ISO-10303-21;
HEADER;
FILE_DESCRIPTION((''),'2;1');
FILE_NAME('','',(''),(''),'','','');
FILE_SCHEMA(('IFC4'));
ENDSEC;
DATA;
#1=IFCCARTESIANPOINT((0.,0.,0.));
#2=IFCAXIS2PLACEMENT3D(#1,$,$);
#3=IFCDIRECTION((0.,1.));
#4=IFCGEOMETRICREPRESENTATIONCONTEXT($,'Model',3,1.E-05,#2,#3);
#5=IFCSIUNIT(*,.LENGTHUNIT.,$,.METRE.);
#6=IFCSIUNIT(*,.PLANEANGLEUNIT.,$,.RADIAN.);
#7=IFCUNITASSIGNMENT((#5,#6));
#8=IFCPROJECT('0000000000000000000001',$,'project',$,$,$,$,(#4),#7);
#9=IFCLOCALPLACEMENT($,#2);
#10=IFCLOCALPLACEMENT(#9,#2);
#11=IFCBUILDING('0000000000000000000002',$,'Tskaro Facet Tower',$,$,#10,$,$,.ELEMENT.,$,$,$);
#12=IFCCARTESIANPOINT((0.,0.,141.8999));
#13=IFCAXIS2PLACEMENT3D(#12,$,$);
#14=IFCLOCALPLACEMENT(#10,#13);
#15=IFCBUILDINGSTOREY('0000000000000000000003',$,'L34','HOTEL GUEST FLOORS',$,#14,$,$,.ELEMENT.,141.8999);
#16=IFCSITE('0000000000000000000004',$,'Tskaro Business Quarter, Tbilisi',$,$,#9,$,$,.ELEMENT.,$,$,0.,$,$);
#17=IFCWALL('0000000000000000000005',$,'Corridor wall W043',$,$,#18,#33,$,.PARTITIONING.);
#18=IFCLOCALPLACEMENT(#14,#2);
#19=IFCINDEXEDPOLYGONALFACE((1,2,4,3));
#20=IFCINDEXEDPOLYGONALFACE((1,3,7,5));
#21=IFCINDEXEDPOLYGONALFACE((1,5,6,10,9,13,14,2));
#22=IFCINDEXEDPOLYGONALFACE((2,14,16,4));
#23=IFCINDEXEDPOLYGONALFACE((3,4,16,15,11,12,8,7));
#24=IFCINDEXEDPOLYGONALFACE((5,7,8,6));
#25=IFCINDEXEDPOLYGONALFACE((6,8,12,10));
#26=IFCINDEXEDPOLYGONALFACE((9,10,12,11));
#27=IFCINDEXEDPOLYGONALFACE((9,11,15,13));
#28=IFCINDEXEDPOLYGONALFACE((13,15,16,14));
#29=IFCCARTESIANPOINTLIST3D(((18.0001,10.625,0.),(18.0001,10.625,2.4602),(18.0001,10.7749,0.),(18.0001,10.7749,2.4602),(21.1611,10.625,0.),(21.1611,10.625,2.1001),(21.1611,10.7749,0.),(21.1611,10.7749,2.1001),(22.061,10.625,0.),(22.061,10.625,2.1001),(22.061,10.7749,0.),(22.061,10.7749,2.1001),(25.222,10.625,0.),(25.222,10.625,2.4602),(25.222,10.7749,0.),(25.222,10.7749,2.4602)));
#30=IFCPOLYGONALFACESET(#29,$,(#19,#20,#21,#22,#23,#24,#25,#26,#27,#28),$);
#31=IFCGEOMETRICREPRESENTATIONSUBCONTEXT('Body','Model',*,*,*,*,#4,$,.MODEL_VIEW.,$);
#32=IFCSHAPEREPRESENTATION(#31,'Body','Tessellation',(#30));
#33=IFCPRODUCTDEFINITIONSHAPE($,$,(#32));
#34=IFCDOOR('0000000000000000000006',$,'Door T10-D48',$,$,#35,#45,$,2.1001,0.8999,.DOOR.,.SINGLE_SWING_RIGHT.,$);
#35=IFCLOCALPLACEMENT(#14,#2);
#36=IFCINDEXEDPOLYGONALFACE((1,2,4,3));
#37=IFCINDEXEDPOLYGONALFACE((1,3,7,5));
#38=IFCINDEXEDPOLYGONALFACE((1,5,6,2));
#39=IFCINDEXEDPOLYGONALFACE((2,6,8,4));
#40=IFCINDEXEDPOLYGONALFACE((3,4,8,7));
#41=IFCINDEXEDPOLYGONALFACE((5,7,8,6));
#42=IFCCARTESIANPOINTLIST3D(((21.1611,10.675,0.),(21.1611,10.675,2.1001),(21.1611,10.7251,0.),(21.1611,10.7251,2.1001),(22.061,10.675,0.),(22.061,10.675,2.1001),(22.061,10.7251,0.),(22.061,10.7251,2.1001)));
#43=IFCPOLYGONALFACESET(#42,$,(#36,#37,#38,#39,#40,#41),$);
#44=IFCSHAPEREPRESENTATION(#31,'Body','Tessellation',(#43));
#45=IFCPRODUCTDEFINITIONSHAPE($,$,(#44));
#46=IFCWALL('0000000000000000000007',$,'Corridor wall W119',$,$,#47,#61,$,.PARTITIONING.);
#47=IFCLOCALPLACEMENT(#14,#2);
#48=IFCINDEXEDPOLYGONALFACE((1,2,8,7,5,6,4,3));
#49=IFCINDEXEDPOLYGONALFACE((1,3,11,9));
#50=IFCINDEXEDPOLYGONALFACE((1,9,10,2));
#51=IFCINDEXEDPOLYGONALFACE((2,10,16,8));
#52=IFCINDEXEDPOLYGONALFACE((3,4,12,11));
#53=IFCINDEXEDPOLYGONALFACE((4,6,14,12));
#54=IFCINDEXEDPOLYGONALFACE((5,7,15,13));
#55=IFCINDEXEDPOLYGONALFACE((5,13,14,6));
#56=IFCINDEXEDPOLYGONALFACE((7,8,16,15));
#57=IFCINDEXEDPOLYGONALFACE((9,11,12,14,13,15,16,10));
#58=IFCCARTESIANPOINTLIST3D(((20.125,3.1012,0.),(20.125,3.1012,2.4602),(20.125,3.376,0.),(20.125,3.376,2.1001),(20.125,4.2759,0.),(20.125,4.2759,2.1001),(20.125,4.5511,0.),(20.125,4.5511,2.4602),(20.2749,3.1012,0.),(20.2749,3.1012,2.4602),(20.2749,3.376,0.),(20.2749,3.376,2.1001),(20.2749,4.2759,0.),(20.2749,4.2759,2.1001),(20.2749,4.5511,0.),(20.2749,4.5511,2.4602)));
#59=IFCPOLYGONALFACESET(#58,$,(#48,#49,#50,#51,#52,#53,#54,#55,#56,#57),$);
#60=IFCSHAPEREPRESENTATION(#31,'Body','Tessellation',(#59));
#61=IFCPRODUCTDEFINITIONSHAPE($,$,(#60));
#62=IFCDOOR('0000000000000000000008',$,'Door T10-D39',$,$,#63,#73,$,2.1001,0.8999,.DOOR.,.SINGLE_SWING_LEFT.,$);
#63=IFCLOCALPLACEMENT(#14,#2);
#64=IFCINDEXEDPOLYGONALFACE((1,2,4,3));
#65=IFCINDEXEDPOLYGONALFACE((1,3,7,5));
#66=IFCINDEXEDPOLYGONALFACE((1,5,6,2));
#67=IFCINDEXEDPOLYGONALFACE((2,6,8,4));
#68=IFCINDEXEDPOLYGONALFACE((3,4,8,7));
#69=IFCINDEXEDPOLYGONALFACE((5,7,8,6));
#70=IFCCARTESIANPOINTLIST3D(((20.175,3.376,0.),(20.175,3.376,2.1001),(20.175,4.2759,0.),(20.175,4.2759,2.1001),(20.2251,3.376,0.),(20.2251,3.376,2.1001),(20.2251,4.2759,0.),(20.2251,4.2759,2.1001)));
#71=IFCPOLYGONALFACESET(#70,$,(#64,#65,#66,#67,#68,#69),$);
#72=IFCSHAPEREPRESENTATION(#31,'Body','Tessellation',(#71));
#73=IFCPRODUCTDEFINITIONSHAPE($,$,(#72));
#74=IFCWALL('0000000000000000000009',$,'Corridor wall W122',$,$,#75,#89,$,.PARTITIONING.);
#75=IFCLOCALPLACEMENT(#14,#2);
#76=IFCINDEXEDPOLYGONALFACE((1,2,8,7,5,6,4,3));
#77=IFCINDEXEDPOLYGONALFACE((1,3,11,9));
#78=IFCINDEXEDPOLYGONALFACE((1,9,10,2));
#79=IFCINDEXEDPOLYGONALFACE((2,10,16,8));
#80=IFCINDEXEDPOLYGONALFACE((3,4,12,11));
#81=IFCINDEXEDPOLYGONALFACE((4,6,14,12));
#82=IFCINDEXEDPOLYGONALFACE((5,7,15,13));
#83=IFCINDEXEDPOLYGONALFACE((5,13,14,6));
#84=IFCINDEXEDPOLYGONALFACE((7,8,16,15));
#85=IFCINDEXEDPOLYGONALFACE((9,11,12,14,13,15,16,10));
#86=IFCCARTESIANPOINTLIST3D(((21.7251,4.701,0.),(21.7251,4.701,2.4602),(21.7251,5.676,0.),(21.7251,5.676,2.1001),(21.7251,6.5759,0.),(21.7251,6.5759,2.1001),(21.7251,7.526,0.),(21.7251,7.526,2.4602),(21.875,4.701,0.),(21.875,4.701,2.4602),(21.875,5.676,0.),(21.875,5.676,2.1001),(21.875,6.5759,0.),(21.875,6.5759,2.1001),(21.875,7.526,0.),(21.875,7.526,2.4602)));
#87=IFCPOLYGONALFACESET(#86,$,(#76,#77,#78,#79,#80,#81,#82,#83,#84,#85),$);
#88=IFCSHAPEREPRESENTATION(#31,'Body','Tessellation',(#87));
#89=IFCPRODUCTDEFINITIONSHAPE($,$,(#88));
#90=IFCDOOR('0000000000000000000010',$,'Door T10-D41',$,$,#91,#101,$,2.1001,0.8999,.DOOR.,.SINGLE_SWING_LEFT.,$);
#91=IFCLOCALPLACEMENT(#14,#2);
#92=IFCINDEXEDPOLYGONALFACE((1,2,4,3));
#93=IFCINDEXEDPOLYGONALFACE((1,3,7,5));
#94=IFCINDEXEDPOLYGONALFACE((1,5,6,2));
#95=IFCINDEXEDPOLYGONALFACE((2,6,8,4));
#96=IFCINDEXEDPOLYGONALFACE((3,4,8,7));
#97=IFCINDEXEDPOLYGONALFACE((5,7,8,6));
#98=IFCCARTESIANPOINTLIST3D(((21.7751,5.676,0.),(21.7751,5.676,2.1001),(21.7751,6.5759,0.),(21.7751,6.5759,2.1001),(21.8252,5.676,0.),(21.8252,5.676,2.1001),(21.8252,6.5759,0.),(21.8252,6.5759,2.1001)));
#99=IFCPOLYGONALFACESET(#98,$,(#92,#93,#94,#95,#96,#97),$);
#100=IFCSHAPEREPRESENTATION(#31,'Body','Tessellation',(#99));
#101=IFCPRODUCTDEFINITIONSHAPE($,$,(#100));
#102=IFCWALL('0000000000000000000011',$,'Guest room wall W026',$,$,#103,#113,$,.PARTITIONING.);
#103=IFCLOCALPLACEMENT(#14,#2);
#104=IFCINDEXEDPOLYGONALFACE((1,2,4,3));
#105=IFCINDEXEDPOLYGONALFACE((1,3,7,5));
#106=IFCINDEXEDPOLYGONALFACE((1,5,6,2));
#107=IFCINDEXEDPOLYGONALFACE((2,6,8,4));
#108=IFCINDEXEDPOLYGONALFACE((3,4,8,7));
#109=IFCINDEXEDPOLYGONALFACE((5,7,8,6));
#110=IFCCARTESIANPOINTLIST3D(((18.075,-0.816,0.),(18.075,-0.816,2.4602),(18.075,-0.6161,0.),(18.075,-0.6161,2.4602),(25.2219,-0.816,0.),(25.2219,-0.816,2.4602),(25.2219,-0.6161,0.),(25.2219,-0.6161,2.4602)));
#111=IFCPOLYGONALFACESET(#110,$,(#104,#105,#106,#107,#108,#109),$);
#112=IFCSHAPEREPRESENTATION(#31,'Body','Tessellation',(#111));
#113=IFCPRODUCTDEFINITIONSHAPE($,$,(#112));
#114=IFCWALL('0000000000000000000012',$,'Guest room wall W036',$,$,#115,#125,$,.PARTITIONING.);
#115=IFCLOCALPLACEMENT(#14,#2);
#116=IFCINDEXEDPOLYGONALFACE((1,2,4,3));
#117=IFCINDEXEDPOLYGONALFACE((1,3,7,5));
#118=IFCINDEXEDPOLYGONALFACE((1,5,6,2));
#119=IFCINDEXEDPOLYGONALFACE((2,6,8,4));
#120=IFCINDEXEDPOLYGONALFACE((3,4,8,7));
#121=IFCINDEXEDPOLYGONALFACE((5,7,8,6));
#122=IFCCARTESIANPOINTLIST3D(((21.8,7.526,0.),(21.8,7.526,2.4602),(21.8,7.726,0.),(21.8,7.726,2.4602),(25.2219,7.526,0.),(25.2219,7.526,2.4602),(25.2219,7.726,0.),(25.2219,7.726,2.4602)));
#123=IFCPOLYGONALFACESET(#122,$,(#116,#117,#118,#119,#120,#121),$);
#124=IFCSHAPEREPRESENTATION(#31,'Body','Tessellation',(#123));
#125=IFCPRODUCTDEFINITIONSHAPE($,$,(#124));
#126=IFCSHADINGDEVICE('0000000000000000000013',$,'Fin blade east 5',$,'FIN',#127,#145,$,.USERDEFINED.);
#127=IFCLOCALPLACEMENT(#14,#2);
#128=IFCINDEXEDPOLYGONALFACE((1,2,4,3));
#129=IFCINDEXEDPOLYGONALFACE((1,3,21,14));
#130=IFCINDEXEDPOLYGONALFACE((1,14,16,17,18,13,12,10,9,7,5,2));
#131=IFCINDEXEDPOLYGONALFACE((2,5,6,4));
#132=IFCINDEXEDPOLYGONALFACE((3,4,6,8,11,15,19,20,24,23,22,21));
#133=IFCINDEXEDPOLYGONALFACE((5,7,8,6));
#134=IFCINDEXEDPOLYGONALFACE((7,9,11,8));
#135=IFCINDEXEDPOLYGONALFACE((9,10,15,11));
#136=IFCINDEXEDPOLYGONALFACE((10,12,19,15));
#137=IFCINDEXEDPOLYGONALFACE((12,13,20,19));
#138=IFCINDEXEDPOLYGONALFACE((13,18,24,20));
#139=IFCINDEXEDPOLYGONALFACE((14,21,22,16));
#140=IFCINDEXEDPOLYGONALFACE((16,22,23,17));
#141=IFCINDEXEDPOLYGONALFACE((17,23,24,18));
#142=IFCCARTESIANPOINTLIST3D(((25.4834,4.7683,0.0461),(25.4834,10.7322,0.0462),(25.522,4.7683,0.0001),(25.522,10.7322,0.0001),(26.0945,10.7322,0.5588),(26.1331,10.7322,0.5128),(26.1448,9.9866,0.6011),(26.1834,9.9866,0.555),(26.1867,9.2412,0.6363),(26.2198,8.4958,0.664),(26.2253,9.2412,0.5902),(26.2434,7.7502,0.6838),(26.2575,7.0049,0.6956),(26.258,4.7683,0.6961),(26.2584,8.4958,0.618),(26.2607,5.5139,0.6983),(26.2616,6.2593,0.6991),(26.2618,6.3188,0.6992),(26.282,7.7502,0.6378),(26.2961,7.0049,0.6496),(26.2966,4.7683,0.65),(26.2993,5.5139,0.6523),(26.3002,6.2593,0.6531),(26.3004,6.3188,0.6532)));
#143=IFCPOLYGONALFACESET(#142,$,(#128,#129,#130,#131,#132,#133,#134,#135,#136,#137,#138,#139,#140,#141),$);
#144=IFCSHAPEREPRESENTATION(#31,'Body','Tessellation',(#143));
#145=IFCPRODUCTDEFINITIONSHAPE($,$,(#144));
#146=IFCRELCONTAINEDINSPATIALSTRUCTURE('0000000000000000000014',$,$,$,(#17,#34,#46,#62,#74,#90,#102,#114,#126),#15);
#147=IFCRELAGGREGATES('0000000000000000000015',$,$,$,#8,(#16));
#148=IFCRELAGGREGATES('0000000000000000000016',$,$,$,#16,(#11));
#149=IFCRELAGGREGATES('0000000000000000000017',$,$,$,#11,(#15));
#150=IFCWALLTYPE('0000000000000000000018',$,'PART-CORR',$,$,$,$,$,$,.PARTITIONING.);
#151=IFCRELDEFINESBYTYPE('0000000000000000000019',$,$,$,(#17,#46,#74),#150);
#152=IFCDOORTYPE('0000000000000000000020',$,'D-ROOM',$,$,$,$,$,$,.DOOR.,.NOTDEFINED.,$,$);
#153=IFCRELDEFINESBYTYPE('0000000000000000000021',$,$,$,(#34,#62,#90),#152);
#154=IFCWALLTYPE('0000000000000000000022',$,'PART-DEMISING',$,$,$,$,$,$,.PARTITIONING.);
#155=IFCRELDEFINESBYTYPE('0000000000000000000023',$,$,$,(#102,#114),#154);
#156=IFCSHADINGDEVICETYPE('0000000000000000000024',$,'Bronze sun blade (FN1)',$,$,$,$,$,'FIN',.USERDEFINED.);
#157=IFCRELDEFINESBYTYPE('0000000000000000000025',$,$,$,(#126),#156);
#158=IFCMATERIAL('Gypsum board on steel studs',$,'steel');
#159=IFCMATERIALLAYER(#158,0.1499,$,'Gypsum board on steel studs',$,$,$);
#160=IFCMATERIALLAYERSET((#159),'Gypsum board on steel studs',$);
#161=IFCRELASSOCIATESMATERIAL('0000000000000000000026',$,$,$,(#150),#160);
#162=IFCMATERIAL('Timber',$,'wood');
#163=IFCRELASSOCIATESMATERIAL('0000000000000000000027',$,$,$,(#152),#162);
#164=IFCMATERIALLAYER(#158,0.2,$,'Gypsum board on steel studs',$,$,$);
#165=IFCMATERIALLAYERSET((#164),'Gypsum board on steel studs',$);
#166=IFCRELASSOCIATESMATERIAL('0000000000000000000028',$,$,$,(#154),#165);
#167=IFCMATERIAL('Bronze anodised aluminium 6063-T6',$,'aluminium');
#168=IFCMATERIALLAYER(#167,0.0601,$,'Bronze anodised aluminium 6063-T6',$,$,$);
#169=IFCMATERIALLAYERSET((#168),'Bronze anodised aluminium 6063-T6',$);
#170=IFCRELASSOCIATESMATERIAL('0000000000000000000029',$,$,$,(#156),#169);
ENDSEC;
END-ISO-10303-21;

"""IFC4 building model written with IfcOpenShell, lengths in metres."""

from ifc_helpers import new_model, si_unit, direction, frame, frame_2d, origin, place, context, subcontext, project, spatial, polyline, rectangle, outline, extrude, material, layer, layer_set, type_object, element, fill, save


model = new_model("IFC4")

# Units and contexts
model_context = context("Model", 3, precision=1e-05, world=origin(), true_north=direction((0.0, 1.0)))
body_context = subcontext(model_context, "Body", "Model", "MODEL_VIEW")
ifc_project = project(units=[si_unit("LENGTHUNIT", "METRE"), si_unit("PLANEANGLEUNIT", "RADIAN")], contexts=[model_context])

# Site, building, storey
site_placement = place(None, origin())
site = spatial("IfcSite", under=ifc_project, at=site_placement, Name="Tskaro Business Quarter, Tbilisi", CompositionType="ELEMENT", RefElevation=0.0)
building_placement = place(site_placement, origin())
building = spatial("IfcBuilding", under=site, at=building_placement, Name="Tskaro Facet Tower", CompositionType="ELEMENT")
storey_placement = place(building_placement, frame((0.0, 0.0, 141.8999)))
storey = spatial("IfcBuildingStorey", under=building, at=storey_placement, Name="L34", Description="HOTEL GUEST FLOORS", CompositionType="ELEMENT", Elevation=141.8999)

# Shared definitions
ifc_material_1 = material(Name="Bronze anodised aluminium 6063-T6", Category="aluminium")

# Shared definitions
ifc_material_2 = material(Name="Gypsum board on steel studs", Category="steel")
ifc_layer_1 = layer(ifc_material_2, 0.1499, Name="Gypsum board on steel studs")
ifc_layer_set_1 = layer_set([ifc_layer_1], Name="Gypsum board on steel studs")
wall_type_1 = type_object("IfcWallType", Name="PART-CORR", PredefinedType="PARTITIONING", material=ifc_layer_set_1)

# Walls, openings, doors
wall_1_placement = place(storey_placement, frame((25.2219, 10.7, 0.0), z_axis=(0.0, 0.0, 1.0), x_axis=(-1.0, 0.0, 0.0)))
wall_1 = element("IfcWall", 1, at=wall_1_placement, inside=storey, type_object=wall_type_1, Name="Corridor wall W043", PredefinedType="PARTITIONING", context=body_context, shape_type="SweptSolid", body=[
    extrude(rectangle(XDim=7.2219, YDim=0.1499, at=frame_2d((3.6108, 0.0))), origin(), (0.0, 0.0, 1.0), 2.4602),
])
opening_1_placement = place(wall_1_placement, frame((3.1609, 0.0, 0.0)))
opening_1 = element("IfcOpeningElement", 2, at=opening_1_placement, cuts=wall_1, PredefinedType="OPENING", context=body_context, shape_type="SweptSolid", body=[
    extrude(rectangle(XDim=0.8999, YDim=2.1001, at=frame_2d((0.45, 1.05))), frame((0.0, 0.085, 0.0), z_axis=(0.0, -1.0, 0.0), x_axis=(1.0, 0.0, 0.0)), (0.0, 0.0, 1.0), 0.1699),
])
ifc_material_3 = material(Name="Timber", Category="wood")
door_type = type_object("IfcDoorType", Name="D-ROOM", OperationType="NOTDEFINED", PredefinedType="DOOR", material=ifc_material_3)
door_1_placement = place(opening_1_placement, origin())
door_1 = element("IfcDoor", 3, at=door_1_placement, inside=storey, type_object=door_type, Name="Door T10-D48", OperationType="SINGLE_SWING_RIGHT", OverallHeight=2.1001, OverallWidth=0.8999, PredefinedType="DOOR", context=body_context, shape_type="SweptSolid", body=[
    extrude(rectangle(XDim=0.8999, YDim=2.1001, at=frame_2d((0.45, 1.05))), frame((0.0, 0.0249, 0.0), z_axis=(0.0, -1.0, 0.0), x_axis=(1.0, 0.0, 0.0)), (0.0, 0.0, 1.0), 0.05),
])
fill(opening_1, door_1)
wall_2_placement = place(storey_placement, frame((20.2, 3.1011, 0.0), z_axis=(0.0, 0.0, 1.0), x_axis=(0.0, 1.0, 0.0)))
wall_2 = element("IfcWall", 4, at=wall_2_placement, inside=storey, type_object=wall_type_1, Name="Corridor wall W119", PredefinedType="PARTITIONING", context=body_context, shape_type="SweptSolid", body=[
    extrude(rectangle(XDim=1.45, YDim=0.1499, at=frame_2d((0.7251, 0.0))), origin(), (0.0, 0.0, 1.0), 2.4602),
])
opening_2_placement = place(wall_2_placement, frame((0.2749, 0.0, 0.0)))
opening_2 = element("IfcOpeningElement", 5, at=opening_2_placement, cuts=wall_2, PredefinedType="OPENING", context=body_context, shape_type="SweptSolid", body=[
    extrude(rectangle(XDim=0.8999, YDim=2.1001, at=frame_2d((0.45, 1.05))), frame((0.0, 0.085, 0.0), z_axis=(0.0, -1.0, 0.0), x_axis=(1.0, 0.0, 0.0)), (0.0, 0.0, 1.0), 0.1699),
])
door_2_placement = place(opening_2_placement, origin())
door_2 = element("IfcDoor", 6, at=door_2_placement, inside=storey, type_object=door_type, Name="Door T10-D39", OperationType="SINGLE_SWING_LEFT", OverallHeight=2.1001, OverallWidth=0.8999, PredefinedType="DOOR", context=body_context, shape_type="SweptSolid", body=[
    extrude(rectangle(XDim=0.8999, YDim=2.1001, at=frame_2d((0.45, 1.05))), frame((0.0, 0.0249, 0.0), z_axis=(0.0, -1.0, 0.0), x_axis=(1.0, 0.0, 0.0)), (0.0, 0.0, 1.0), 0.05),
])
fill(opening_2, door_2)
wall_3_placement = place(storey_placement, frame((21.8, 4.7009, 0.0), z_axis=(0.0, 0.0, 1.0), x_axis=(0.0, 1.0, 0.0)))
wall_3 = element("IfcWall", 7, at=wall_3_placement, inside=storey, type_object=wall_type_1, Name="Corridor wall W122", PredefinedType="PARTITIONING", context=body_context, shape_type="SweptSolid", body=[
    extrude(rectangle(XDim=2.825, YDim=0.1499, at=frame_2d((1.4126, 0.0))), origin(), (0.0, 0.0, 1.0), 2.4602),
])
opening_3_placement = place(wall_3_placement, frame((0.9751, 0.0, 0.0)))
opening_3 = element("IfcOpeningElement", 8, at=opening_3_placement, cuts=wall_3, PredefinedType="OPENING", context=body_context, shape_type="SweptSolid", body=[
    extrude(rectangle(XDim=0.8999, YDim=2.1001, at=frame_2d((0.45, 1.05))), frame((0.0, 0.085, 0.0), z_axis=(0.0, -1.0, 0.0), x_axis=(1.0, 0.0, 0.0)), (0.0, 0.0, 1.0), 0.1699),
])
door_3_placement = place(opening_3_placement, origin())
door_3 = element("IfcDoor", 9, at=door_3_placement, inside=storey, type_object=door_type, Name="Door T10-D41", OperationType="SINGLE_SWING_LEFT", OverallHeight=2.1001, OverallWidth=0.8999, PredefinedType="DOOR", context=body_context, shape_type="SweptSolid", body=[
    extrude(rectangle(XDim=0.8999, YDim=2.1001, at=frame_2d((0.45, 1.05))), frame((0.0, 0.0249, 0.0), z_axis=(0.0, -1.0, 0.0), x_axis=(1.0, 0.0, 0.0)), (0.0, 0.0, 1.0), 0.05),
])
fill(opening_3, door_3)

# Walls
ifc_layer_2 = layer(ifc_material_2, 0.2, Name="Gypsum board on steel studs")
ifc_layer_set_2 = layer_set([ifc_layer_2], Name="Gypsum board on steel studs")
wall_type_2 = type_object("IfcWallType", Name="PART-DEMISING", PredefinedType="PARTITIONING", material=ifc_layer_set_2)
wall_4_placement = place(storey_placement, frame((18.075, -0.7161, 0.0), z_axis=(0.0, 0.0, 1.0), x_axis=(1.0, 0.0, 0.0)))
element("IfcWall", 10, at=wall_4_placement, inside=storey, type_object=wall_type_2, Name="Guest room wall W026", PredefinedType="PARTITIONING", context=body_context, shape_type="SweptSolid", body=[
    extrude(rectangle(XDim=7.147, YDim=0.2, at=frame_2d((3.5735, 0.0))), origin(), (0.0, 0.0, 1.0), 2.4602),
])
wall_5_placement = place(storey_placement, frame((21.8, 7.626, 0.0), z_axis=(0.0, 0.0, 1.0), x_axis=(1.0, 0.0, 0.0)))
element("IfcWall", 11, at=wall_5_placement, inside=storey, type_object=wall_type_2, Name="Guest room wall W036", PredefinedType="PARTITIONING", context=body_context, shape_type="SweptSolid", body=[
    extrude(rectangle(XDim=3.4219, YDim=0.2, at=frame_2d((1.7109, 0.0))), origin(), (0.0, 0.0, 1.0), 2.4602),
])

# Shading device
ifc_layer_3 = layer(ifc_material_1, 0.0601, Name="Bronze anodised aluminium 6063-T6")
ifc_layer_set_3 = layer_set([ifc_layer_3], Name="Bronze anodised aluminium 6063-T6")
shading_device_type = type_object("IfcShadingDeviceType", Name="Bronze sun blade (FN1)", ElementType="FIN", PredefinedType="USERDEFINED", material=ifc_layer_set_3)
shading_device_1_placement = place(storey_placement, frame((25.4834, 4.7683, 0.0461), z_axis=(-0.642735, -0.000003, 0.766088), x_axis=(-0.000002, 1.0, 0.000002)))
element("IfcShadingDevice", 12, at=shading_device_1_placement, inside=storey, type_object=shading_device_type, Name="Fin blade east 5", ObjectType="FIN", PredefinedType="USERDEFINED", context=body_context, shape_type="SweptSolid", body=[
    extrude(outline(polyline([(0.0, 0.0), (5.9639, 0.0), (5.9639, -0.7977), (5.2183, -0.8633), (4.4729, -0.9181), (3.7275, -0.9613), (2.9819, -0.9921), (2.2366, -1.0105), (1.5505, -1.016), (1.491, -1.0159), (0.7456, -1.0146), (0.0, -1.0112), (0.0, 0.0)])), origin(), (0.0, 0.0, -1.0), 0.0601),
])

save(model, "model.ifc")
